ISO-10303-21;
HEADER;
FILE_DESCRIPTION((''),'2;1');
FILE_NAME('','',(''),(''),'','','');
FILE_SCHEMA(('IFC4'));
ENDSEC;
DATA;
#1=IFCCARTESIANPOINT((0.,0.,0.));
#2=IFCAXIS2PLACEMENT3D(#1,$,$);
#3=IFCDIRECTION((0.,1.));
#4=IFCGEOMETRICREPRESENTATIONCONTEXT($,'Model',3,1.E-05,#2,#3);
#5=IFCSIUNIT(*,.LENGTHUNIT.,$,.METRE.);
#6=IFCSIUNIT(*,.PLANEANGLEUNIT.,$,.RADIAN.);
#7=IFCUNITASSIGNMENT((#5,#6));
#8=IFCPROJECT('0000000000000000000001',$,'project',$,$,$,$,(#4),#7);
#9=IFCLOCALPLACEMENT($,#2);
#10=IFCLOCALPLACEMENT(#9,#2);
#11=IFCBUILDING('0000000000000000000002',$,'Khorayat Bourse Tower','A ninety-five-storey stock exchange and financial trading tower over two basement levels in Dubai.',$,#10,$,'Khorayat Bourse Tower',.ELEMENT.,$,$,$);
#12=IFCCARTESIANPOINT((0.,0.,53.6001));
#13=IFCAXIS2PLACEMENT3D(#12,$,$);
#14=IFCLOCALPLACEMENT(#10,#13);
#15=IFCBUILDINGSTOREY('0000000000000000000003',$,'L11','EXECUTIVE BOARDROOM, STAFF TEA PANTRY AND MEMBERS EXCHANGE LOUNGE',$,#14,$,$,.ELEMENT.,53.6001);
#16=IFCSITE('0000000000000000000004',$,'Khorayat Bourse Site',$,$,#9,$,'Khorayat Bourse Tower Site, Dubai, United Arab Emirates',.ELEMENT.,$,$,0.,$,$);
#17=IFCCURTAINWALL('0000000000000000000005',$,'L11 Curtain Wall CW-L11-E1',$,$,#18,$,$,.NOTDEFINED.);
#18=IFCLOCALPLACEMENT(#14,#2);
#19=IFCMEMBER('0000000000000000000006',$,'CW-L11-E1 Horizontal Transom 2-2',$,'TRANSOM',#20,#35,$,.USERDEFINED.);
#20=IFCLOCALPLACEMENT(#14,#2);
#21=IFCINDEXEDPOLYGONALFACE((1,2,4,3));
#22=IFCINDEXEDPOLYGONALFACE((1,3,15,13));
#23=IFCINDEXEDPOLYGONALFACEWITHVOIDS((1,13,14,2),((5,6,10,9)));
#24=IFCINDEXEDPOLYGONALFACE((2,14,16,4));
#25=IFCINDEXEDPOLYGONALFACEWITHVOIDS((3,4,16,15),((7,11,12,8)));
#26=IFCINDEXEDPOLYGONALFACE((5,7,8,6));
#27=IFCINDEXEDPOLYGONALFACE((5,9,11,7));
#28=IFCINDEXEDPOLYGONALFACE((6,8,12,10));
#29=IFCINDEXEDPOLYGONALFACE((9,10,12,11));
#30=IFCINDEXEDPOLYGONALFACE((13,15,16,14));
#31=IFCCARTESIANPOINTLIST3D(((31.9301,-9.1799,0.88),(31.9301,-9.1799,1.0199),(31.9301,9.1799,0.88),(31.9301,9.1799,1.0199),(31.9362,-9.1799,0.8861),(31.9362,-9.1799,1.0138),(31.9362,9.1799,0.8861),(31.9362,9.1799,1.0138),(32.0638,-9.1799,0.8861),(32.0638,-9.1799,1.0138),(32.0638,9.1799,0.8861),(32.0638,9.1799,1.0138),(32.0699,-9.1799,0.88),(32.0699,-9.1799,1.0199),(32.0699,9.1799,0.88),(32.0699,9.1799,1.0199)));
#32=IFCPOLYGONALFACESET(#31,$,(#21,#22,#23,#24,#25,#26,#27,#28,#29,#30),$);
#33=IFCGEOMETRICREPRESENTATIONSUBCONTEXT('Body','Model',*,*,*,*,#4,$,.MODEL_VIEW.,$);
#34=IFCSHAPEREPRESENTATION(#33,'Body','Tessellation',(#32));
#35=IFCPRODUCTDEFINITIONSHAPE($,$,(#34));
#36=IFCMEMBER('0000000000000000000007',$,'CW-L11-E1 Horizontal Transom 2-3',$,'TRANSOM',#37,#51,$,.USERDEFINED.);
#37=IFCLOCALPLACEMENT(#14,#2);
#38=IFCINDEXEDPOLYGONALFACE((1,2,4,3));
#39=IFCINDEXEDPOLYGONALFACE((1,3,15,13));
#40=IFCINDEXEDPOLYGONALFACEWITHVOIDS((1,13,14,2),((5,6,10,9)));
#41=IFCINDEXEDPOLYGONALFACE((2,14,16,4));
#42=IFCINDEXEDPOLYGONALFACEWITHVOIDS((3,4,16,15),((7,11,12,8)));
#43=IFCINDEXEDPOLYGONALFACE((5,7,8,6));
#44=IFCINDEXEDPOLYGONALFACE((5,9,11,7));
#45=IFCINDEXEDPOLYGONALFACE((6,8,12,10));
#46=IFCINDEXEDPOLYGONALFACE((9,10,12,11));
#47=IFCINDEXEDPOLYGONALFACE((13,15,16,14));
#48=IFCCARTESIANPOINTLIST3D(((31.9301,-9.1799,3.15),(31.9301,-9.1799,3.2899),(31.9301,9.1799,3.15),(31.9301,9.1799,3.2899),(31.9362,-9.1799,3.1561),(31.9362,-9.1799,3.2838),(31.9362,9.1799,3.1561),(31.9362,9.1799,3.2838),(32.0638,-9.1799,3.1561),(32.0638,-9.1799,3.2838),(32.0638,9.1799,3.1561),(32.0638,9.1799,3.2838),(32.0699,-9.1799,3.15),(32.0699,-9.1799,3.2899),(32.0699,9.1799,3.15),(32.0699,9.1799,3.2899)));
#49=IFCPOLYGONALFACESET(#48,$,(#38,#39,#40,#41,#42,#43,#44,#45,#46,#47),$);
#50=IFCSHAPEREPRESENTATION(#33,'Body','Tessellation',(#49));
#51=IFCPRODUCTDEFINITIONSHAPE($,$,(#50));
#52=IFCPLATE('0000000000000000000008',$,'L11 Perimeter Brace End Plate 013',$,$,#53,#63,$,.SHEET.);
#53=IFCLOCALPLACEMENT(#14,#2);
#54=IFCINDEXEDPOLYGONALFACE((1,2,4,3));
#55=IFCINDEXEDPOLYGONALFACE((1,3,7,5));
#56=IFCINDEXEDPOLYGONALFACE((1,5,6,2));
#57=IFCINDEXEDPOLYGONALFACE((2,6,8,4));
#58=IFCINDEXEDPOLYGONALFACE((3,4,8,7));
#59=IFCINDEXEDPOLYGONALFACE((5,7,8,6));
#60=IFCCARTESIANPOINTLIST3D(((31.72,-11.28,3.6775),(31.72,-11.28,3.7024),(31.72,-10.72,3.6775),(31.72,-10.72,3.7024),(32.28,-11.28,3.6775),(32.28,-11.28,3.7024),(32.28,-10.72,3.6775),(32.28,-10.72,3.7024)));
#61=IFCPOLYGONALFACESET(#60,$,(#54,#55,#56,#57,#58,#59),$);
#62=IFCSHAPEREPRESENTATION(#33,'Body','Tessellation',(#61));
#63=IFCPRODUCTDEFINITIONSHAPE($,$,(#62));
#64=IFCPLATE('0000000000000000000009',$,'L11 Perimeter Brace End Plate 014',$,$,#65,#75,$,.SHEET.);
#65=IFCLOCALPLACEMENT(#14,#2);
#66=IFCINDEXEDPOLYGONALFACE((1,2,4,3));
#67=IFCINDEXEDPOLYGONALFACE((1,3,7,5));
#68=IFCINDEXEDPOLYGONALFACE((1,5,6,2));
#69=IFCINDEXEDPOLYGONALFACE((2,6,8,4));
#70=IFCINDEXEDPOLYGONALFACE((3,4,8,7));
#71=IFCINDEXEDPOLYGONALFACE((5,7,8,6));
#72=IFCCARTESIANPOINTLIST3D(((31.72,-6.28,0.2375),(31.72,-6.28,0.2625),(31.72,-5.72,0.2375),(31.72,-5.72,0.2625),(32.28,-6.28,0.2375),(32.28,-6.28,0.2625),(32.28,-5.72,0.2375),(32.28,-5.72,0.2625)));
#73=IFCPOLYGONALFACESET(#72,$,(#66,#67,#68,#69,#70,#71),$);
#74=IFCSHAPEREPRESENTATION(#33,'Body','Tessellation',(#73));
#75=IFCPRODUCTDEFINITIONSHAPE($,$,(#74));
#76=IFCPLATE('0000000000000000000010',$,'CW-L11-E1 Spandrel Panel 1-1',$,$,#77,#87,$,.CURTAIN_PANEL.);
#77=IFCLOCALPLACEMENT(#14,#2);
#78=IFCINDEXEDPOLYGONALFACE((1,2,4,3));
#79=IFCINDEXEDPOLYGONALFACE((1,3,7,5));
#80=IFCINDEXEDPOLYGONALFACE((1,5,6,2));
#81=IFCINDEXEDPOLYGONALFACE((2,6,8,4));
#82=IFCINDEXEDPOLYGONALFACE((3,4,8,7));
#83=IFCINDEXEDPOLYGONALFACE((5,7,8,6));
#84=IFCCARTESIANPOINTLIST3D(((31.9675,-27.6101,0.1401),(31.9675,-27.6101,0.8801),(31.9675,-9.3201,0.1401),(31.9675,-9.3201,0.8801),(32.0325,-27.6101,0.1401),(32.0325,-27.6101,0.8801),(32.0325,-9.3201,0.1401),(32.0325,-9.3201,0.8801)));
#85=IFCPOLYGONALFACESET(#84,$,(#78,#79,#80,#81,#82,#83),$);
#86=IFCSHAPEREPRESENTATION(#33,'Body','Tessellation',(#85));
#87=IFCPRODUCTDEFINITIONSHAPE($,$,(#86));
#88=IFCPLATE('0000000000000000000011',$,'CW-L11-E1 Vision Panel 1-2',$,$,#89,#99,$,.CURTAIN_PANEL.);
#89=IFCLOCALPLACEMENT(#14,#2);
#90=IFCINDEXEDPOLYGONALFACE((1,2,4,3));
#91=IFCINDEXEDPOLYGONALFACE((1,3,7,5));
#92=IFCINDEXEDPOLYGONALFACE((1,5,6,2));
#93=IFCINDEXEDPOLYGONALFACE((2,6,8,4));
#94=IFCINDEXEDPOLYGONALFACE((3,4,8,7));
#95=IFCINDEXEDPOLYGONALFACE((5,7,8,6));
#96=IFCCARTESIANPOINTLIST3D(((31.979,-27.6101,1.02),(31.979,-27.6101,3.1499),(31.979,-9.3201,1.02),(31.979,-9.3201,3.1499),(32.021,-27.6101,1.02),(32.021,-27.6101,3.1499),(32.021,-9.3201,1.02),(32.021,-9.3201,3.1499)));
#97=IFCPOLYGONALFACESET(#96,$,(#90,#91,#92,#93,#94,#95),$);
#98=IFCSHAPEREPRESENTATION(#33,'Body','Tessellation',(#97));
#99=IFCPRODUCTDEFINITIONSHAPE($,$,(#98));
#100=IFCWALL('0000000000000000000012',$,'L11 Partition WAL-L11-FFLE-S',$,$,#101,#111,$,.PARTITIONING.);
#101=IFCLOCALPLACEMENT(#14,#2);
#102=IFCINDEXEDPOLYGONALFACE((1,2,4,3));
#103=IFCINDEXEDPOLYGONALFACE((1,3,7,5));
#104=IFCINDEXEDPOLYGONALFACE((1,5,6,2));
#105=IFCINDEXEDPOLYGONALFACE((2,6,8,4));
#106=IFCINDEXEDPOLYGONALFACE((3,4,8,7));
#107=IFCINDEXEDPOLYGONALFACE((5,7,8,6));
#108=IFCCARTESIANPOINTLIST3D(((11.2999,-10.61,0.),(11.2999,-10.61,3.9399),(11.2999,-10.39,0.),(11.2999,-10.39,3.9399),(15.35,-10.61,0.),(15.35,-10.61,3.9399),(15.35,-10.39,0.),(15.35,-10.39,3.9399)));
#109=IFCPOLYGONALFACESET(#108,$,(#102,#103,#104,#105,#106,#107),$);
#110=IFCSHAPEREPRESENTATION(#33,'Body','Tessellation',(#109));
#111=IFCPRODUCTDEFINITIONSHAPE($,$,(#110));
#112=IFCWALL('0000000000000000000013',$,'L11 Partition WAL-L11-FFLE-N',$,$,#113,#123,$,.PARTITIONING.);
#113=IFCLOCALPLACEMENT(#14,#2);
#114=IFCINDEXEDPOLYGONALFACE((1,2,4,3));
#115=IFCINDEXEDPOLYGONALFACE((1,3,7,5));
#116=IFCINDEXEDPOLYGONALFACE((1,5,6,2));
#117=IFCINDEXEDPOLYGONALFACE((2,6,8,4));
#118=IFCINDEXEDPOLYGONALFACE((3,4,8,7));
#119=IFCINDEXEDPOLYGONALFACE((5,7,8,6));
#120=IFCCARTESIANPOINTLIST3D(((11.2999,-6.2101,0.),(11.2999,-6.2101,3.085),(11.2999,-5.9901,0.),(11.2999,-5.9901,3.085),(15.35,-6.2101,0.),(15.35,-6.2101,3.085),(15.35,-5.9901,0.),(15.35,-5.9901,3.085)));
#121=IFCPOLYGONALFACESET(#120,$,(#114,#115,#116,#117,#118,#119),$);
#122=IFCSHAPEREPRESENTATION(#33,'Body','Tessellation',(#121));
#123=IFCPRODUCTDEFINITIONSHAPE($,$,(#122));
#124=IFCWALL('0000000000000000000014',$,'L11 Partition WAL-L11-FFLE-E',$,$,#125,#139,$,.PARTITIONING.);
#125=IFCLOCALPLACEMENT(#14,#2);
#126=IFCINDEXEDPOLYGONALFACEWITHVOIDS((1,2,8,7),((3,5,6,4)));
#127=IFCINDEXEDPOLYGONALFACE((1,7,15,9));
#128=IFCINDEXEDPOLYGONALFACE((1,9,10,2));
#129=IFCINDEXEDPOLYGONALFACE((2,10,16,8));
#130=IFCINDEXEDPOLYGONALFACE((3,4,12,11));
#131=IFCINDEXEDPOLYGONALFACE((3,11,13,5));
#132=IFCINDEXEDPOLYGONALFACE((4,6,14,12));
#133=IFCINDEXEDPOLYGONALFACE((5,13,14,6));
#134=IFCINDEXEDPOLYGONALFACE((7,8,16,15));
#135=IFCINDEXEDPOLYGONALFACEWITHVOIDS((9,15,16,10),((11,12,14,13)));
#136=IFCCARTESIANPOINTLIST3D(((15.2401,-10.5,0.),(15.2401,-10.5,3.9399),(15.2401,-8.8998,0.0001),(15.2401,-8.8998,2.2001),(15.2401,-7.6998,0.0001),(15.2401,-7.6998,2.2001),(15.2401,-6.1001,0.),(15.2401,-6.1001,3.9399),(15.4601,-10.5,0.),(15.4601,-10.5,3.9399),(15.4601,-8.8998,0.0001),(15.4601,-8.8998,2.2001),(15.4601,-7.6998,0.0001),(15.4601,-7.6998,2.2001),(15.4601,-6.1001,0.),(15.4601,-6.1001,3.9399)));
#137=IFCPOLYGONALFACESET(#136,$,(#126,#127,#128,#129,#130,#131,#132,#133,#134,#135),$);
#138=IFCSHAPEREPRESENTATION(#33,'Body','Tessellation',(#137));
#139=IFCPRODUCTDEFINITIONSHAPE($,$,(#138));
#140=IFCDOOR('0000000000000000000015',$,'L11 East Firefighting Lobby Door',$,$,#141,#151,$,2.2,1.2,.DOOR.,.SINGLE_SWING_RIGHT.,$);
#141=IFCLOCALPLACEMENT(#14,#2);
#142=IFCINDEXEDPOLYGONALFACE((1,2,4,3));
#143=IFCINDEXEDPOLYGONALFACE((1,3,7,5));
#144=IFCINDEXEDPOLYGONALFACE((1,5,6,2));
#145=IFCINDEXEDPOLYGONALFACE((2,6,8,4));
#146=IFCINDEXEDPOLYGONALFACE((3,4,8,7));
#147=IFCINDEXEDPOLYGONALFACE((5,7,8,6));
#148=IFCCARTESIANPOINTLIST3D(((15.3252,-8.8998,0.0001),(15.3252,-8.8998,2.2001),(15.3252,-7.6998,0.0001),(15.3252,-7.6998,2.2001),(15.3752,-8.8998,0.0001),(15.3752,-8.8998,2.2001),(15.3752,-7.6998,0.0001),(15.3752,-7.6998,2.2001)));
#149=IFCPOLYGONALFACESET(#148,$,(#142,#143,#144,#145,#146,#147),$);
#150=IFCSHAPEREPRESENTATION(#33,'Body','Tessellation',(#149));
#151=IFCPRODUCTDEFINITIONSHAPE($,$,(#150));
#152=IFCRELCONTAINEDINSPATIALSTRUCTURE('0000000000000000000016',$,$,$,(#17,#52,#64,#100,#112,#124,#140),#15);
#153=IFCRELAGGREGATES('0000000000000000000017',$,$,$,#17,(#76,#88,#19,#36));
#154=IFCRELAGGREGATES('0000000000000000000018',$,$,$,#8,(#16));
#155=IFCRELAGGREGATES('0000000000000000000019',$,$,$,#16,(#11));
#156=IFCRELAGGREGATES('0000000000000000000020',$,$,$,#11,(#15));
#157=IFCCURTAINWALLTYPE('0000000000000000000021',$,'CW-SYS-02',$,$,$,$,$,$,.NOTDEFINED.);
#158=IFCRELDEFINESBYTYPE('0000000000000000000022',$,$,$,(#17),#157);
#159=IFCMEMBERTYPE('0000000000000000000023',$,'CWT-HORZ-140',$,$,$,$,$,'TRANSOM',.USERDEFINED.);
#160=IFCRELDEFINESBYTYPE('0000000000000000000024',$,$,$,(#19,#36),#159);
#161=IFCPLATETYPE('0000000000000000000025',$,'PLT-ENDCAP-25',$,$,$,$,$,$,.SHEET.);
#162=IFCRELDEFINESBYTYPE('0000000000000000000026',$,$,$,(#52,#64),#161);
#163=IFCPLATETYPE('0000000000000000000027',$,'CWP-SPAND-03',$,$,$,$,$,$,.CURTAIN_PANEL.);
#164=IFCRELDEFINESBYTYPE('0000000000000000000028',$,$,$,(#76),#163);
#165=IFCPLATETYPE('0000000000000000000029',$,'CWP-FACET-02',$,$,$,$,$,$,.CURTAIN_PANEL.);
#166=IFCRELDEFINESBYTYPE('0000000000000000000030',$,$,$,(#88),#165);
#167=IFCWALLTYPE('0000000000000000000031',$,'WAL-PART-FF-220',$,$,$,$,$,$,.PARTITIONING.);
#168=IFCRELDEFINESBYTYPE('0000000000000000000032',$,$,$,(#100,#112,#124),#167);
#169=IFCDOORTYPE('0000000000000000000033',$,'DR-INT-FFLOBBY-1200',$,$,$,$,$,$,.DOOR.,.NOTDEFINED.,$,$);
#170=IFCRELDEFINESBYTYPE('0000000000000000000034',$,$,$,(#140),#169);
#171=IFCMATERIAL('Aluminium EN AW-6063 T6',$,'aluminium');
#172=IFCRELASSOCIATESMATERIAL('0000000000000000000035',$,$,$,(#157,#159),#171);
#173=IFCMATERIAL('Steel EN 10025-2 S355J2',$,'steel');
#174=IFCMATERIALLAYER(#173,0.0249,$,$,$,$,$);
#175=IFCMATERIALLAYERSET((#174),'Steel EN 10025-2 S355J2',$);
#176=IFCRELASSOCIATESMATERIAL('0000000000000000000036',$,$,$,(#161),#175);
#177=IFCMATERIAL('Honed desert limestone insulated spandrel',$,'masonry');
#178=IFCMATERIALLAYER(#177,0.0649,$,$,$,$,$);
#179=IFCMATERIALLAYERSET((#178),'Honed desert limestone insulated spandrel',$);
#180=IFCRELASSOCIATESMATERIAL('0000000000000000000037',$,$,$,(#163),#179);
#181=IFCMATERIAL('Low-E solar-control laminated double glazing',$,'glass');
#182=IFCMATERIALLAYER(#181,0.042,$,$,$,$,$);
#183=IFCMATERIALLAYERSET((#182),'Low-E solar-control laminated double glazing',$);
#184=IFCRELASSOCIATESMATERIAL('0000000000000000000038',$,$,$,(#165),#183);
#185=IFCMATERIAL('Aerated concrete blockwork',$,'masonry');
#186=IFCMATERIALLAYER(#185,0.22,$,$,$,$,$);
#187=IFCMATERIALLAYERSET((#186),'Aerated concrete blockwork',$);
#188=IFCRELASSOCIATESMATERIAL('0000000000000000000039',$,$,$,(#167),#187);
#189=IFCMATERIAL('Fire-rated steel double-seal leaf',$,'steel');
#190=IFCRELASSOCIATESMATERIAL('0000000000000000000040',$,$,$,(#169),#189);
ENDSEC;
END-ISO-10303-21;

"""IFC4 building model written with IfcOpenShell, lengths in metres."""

from ifc_helpers import new_model, si_unit, direction, frame, frame_2d, origin, origin_2d, place, context, subcontext, project, spatial, rectangle, hollow_rectangle, extrude, source, transform, mapped, material, layer, layer_set, material_profile, profile_set, type_object, element, fill, aggregate, save


model = new_model("IFC4")

# Units and contexts
model_context = context("Model", 3, precision=1e-05, world=origin(), true_north=direction((0.0, 1.0)))
body_context = subcontext(model_context, "Body", "Model", "MODEL_VIEW")
ifc_project = project(units=[si_unit("LENGTHUNIT", "METRE"), si_unit("PLANEANGLEUNIT", "RADIAN")], contexts=[model_context])

# Site, building, storey
site_placement = place(None, origin())
site = spatial("IfcSite", under=ifc_project, at=site_placement, Name="Khorayat Bourse Site", LongName="Khorayat Bourse Tower Site, Dubai, United Arab Emirates", CompositionType="ELEMENT", RefElevation=0.0)
building_placement = place(site_placement, origin())
building = spatial("IfcBuilding", under=site, at=building_placement, Name="Khorayat Bourse Tower", Description="A ninety-five-storey stock exchange and financial trading tower over two basement levels in Dubai.", LongName="Khorayat Bourse Tower", CompositionType="ELEMENT")
storey_placement = place(building_placement, frame((0.0, 0.0, 53.6001)))
storey = spatial("IfcBuildingStorey", under=building, at=storey_placement, Name="L11", Description="EXECUTIVE BOARDROOM, STAFF TEA PANTRY AND MEMBERS EXCHANGE LOUNGE", CompositionType="ELEMENT", Elevation=53.6001)

# Curtain wall, members
ifc_material_1 = material(Name="Aluminium EN AW-6063 T6", Category="aluminium")
curtain_wall_type = type_object("IfcCurtainWallType", Name="CW-SYS-02", PredefinedType="NOTDEFINED", material=ifc_material_1)
curtain_wall_placement = place(storey_placement, origin())
curtain_wall = element("IfcCurtainWall", 1, at=curtain_wall_placement, inside=storey, type_object=curtain_wall_type, Name="L11 Curtain Wall CW-L11-E1", PredefinedType="NOTDEFINED")
ifc_material_profile_1 = material_profile(ifc_material_1, hollow_rectangle(XDim=0.1399, YDim=0.1399, WallThickness=0.0061, at=origin_2d()), Name="ALU 140x140x6")
ifc_profile_set_1 = profile_set([ifc_material_profile_1], Name="Aluminium EN AW-6063 T6")
member_type_1 = type_object("IfcMemberType", Name="CWT-HORZ-140", ElementType="TRANSOM", PredefinedType="USERDEFINED", material=ifc_profile_set_1)
shared_shape_1 = source(origin(), body_context, "Body", "SweptSolid", [
    extrude(hollow_rectangle(XDim=0.1399, YDim=0.1399, WallThickness=0.0061, at=origin_2d()), origin(), (0.0, 0.0, 1.0), 18.3599),
])
member_1_placement = place(storey_placement, frame((32.0, -9.1799, 0.95), z_axis=(0.0, 1.0, 0.0), x_axis=(-1.0, 0.0, 0.0)))
member_1 = element("IfcMember", 2, at=member_1_placement, type_object=member_type_1, Name="CW-L11-E1 Horizontal Transom 2-2", ObjectType="TRANSOM", PredefinedType="USERDEFINED", context=body_context, shape_type="MappedRepresentation", body=[
    mapped(shared_shape_1, transform((0.0, 0.0, 0.0), scale=1.0)),
])
member_2_placement = place(storey_placement, frame((32.0, -9.1799, 3.22), z_axis=(0.0, 1.0, 0.0), x_axis=(-1.0, 0.0, 0.0)))
member_2 = element("IfcMember", 3, at=member_2_placement, type_object=member_type_1, Name="CW-L11-E1 Horizontal Transom 2-3", ObjectType="TRANSOM", PredefinedType="USERDEFINED", context=body_context, shape_type="MappedRepresentation", body=[
    mapped(shared_shape_1, transform((0.0, 0.0, 0.0), scale=1.0)),
])

# Plates
ifc_material_2 = material(Name="Steel EN 10025-2 S355J2", Category="steel")
ifc_layer_1 = layer(ifc_material_2, 0.0249)
ifc_layer_set_1 = layer_set([ifc_layer_1], Name="Steel EN 10025-2 S355J2")
plate_type_1 = type_object("IfcPlateType", Name="PLT-ENDCAP-25", PredefinedType="SHEET", material=ifc_layer_set_1)
shared_shape_2 = source(origin(), body_context, "Body", "SweptSolid", [
    extrude(rectangle(XDim=0.5601, YDim=0.5601, at=origin_2d()), origin(), (0.0, 0.0, 1.0), 0.0249),
])
for number, where, z_axis, x_axis, name in (
    (4, (32.0, -11.0, 3.6775), (0.0, 0.0, 1.0), (1.0, 0.0, 0.0), "L11 Perimeter Brace End Plate 013"),
    (5, (32.0, -6.0, 0.2375), (0.0, 0.0, 1.0), (1.0, 0.0, 0.0), "L11 Perimeter Brace End Plate 014"),
):
    element("IfcPlate", number, at=place(storey_placement, frame(where, z_axis=z_axis, x_axis=x_axis)), inside=storey, type_object=plate_type_1, Name=name, PredefinedType="SHEET", context=body_context, shape_type="MappedRepresentation", body=[
        mapped(shared_shape_2, transform((0.0, 0.0, 0.0), scale=1.0)),
    ])

# Plates
ifc_material_3 = material(Name="Honed desert limestone insulated spandrel", Category="masonry")
ifc_layer_2 = layer(ifc_material_3, 0.0649)
ifc_layer_set_2 = layer_set([ifc_layer_2], Name="Honed desert limestone insulated spandrel")
plate_type_2 = type_object("IfcPlateType", Name="CWP-SPAND-03", PredefinedType="CURTAIN_PANEL", material=ifc_layer_set_2)
shared_shape_3 = source(origin(), body_context, "Body", "SweptSolid", [
    extrude(rectangle(XDim=18.29, YDim=0.0649, at=origin_2d()), origin(), (0.0, 0.0, 1.0), 0.74),
])
plate_1_placement = place(storey_placement, frame((32.0, -18.4651, 0.1401), z_axis=(0.0, 0.0, 1.0), x_axis=(0.0, 1.0, 0.0)))
plate_1 = element("IfcPlate", 6, at=plate_1_placement, type_object=plate_type_2, Name="CW-L11-E1 Spandrel Panel 1-1", PredefinedType="CURTAIN_PANEL", context=body_context, shape_type="MappedRepresentation", body=[
    mapped(shared_shape_3, transform((0.0, 0.0, 0.0), scale=1.0)),
])
ifc_material_4 = material(Name="Low-E solar-control laminated double glazing", Category="glass")
ifc_layer_3 = layer(ifc_material_4, 0.042)
ifc_layer_set_3 = layer_set([ifc_layer_3], Name="Low-E solar-control laminated double glazing")
plate_type_3 = type_object("IfcPlateType", Name="CWP-FACET-02", PredefinedType="CURTAIN_PANEL", material=ifc_layer_set_3)
shared_shape_4 = source(origin(), body_context, "Body", "SweptSolid", [
    extrude(rectangle(XDim=18.29, YDim=0.042, at=origin_2d()), origin(), (0.0, 0.0, 1.0), 2.1299),
])
plate_2_placement = place(storey_placement, frame((32.0, -18.4651, 1.02), z_axis=(0.0, 0.0, 1.0), x_axis=(0.0, 1.0, 0.0)))
plate_2 = element("IfcPlate", 7, at=plate_2_placement, type_object=plate_type_3, Name="CW-L11-E1 Vision Panel 1-2", PredefinedType="CURTAIN_PANEL", context=body_context, shape_type="MappedRepresentation", body=[
    mapped(shared_shape_4, transform((0.0, 0.0, 0.0), scale=1.0)),
])
aggregate(curtain_wall, [plate_1, plate_2, member_1, member_2])

# Walls
ifc_material_5 = material(Name="Aerated concrete blockwork", Category="masonry")
ifc_layer_4 = layer(ifc_material_5, 0.22)
ifc_layer_set_4 = layer_set([ifc_layer_4], Name="Aerated concrete blockwork")
wall_type_1 = type_object("IfcWallType", Name="WAL-PART-FF-220", PredefinedType="PARTITIONING", material=ifc_layer_set_4)
shared_shape_5 = source(origin(), body_context, "Body", "SweptSolid", [
    extrude(rectangle(XDim=4.05, YDim=0.22, at=frame_2d((2.0249, 0.0))), origin(), (0.0, 0.0, 1.0), 3.9399),
])
wall_1_placement = place(storey_placement, frame((11.3, -10.5, 0.0), z_axis=(0.0, 0.0, 1.0), x_axis=(1.0, 0.0, 0.0)))
element("IfcWall", 8, at=wall_1_placement, inside=storey, type_object=wall_type_1, Name="L11 Partition WAL-L11-FFLE-S", PredefinedType="PARTITIONING", context=body_context, shape_type="MappedRepresentation", body=[
    mapped(shared_shape_5, transform((0.0, 0.0, 0.0), scale=1.0)),
])
shared_shape_6 = source(origin(), body_context, "Body", "SweptSolid", [
    extrude(rectangle(XDim=4.05, YDim=0.22, at=frame_2d((2.0249, 0.0))), origin(), (0.0, 0.0, 1.0), 3.085),
])
wall_2_placement = place(storey_placement, frame((11.3, -6.1001, 0.0), z_axis=(0.0, 0.0, 1.0), x_axis=(1.0, 0.0, 0.0)))
element("IfcWall", 9, at=wall_2_placement, inside=storey, type_object=wall_type_1, Name="L11 Partition WAL-L11-FFLE-N", PredefinedType="PARTITIONING", context=body_context, shape_type="MappedRepresentation", body=[
    mapped(shared_shape_6, transform((0.0, 0.0, 0.0), scale=1.0)),
])

# Wall, opening, door
shared_shape_7 = source(origin(), body_context, "Body", "SweptSolid", [
    extrude(rectangle(XDim=4.3999, YDim=0.22, at=frame_2d((2.2, 0.0))), origin(), (0.0, 0.0, 1.0), 3.9399),
])
wall_3_placement = place(storey_placement, frame((15.3501, -10.5, 0.0), z_axis=(0.0, 0.0, 1.0), x_axis=(0.0, 1.0, 0.0)))
wall_3 = element("IfcWall", 10, at=wall_3_placement, inside=storey, type_object=wall_type_1, Name="L11 Partition WAL-L11-FFLE-E", PredefinedType="PARTITIONING", context=body_context, shape_type="MappedRepresentation", body=[
    mapped(shared_shape_7, transform((0.0, 0.0, 0.0), scale=1.0)),
])
shared_shape_8 = source(origin(), body_context, "Body", "SweptSolid", [
    extrude(rectangle(XDim=1.2, YDim=2.2, at=frame_2d((0.6001, 1.1001))), frame((0.0, 0.1199, 0.0), z_axis=(0.0, -1.0, 0.0), x_axis=(1.0, 0.0, 0.0)), (0.0, 0.0, 1.0), 0.24),
])
opening_1_placement = place(wall_3_placement, frame((1.6001, 0.0, 0.0)))
opening_1 = element("IfcOpeningElement", 11, at=opening_1_placement, cuts=wall_3, PredefinedType="OPENING", context=body_context, shape_type="MappedRepresentation", body=[
    mapped(shared_shape_8, transform((0.0, 0.0, 0.0), scale=1.0)),
])
ifc_material_6 = material(Name="Fire-rated steel double-seal leaf", Category="steel")
door_type_1 = type_object("IfcDoorType", Name="DR-INT-FFLOBBY-1200", OperationType="NOTDEFINED", PredefinedType="DOOR", material=ifc_material_6)
shared_shape_9 = source(origin(), body_context, "Body", "SweptSolid", [
    extrude(rectangle(XDim=1.2, YDim=2.2, at=frame_2d((0.6001, 1.1001))), frame((0.0, 0.0249, 0.0), z_axis=(0.0, -1.0, 0.0), x_axis=(1.0, 0.0, 0.0)), (0.0, 0.0, 1.0), 0.05),
])
door_1_placement = place(opening_1_placement, origin())
door_1 = element("IfcDoor", 12, at=door_1_placement, inside=storey, type_object=door_type_1, Name="L11 East Firefighting Lobby Door", OperationType="SINGLE_SWING_RIGHT", OverallHeight=2.2, OverallWidth=1.2, PredefinedType="DOOR", context=body_context, shape_type="MappedRepresentation", body=[
    mapped(shared_shape_9, transform((0.0, 0.0, 0.0), scale=1.0)),
])
fill(opening_1, door_1)

save(model, "model.ifc")
